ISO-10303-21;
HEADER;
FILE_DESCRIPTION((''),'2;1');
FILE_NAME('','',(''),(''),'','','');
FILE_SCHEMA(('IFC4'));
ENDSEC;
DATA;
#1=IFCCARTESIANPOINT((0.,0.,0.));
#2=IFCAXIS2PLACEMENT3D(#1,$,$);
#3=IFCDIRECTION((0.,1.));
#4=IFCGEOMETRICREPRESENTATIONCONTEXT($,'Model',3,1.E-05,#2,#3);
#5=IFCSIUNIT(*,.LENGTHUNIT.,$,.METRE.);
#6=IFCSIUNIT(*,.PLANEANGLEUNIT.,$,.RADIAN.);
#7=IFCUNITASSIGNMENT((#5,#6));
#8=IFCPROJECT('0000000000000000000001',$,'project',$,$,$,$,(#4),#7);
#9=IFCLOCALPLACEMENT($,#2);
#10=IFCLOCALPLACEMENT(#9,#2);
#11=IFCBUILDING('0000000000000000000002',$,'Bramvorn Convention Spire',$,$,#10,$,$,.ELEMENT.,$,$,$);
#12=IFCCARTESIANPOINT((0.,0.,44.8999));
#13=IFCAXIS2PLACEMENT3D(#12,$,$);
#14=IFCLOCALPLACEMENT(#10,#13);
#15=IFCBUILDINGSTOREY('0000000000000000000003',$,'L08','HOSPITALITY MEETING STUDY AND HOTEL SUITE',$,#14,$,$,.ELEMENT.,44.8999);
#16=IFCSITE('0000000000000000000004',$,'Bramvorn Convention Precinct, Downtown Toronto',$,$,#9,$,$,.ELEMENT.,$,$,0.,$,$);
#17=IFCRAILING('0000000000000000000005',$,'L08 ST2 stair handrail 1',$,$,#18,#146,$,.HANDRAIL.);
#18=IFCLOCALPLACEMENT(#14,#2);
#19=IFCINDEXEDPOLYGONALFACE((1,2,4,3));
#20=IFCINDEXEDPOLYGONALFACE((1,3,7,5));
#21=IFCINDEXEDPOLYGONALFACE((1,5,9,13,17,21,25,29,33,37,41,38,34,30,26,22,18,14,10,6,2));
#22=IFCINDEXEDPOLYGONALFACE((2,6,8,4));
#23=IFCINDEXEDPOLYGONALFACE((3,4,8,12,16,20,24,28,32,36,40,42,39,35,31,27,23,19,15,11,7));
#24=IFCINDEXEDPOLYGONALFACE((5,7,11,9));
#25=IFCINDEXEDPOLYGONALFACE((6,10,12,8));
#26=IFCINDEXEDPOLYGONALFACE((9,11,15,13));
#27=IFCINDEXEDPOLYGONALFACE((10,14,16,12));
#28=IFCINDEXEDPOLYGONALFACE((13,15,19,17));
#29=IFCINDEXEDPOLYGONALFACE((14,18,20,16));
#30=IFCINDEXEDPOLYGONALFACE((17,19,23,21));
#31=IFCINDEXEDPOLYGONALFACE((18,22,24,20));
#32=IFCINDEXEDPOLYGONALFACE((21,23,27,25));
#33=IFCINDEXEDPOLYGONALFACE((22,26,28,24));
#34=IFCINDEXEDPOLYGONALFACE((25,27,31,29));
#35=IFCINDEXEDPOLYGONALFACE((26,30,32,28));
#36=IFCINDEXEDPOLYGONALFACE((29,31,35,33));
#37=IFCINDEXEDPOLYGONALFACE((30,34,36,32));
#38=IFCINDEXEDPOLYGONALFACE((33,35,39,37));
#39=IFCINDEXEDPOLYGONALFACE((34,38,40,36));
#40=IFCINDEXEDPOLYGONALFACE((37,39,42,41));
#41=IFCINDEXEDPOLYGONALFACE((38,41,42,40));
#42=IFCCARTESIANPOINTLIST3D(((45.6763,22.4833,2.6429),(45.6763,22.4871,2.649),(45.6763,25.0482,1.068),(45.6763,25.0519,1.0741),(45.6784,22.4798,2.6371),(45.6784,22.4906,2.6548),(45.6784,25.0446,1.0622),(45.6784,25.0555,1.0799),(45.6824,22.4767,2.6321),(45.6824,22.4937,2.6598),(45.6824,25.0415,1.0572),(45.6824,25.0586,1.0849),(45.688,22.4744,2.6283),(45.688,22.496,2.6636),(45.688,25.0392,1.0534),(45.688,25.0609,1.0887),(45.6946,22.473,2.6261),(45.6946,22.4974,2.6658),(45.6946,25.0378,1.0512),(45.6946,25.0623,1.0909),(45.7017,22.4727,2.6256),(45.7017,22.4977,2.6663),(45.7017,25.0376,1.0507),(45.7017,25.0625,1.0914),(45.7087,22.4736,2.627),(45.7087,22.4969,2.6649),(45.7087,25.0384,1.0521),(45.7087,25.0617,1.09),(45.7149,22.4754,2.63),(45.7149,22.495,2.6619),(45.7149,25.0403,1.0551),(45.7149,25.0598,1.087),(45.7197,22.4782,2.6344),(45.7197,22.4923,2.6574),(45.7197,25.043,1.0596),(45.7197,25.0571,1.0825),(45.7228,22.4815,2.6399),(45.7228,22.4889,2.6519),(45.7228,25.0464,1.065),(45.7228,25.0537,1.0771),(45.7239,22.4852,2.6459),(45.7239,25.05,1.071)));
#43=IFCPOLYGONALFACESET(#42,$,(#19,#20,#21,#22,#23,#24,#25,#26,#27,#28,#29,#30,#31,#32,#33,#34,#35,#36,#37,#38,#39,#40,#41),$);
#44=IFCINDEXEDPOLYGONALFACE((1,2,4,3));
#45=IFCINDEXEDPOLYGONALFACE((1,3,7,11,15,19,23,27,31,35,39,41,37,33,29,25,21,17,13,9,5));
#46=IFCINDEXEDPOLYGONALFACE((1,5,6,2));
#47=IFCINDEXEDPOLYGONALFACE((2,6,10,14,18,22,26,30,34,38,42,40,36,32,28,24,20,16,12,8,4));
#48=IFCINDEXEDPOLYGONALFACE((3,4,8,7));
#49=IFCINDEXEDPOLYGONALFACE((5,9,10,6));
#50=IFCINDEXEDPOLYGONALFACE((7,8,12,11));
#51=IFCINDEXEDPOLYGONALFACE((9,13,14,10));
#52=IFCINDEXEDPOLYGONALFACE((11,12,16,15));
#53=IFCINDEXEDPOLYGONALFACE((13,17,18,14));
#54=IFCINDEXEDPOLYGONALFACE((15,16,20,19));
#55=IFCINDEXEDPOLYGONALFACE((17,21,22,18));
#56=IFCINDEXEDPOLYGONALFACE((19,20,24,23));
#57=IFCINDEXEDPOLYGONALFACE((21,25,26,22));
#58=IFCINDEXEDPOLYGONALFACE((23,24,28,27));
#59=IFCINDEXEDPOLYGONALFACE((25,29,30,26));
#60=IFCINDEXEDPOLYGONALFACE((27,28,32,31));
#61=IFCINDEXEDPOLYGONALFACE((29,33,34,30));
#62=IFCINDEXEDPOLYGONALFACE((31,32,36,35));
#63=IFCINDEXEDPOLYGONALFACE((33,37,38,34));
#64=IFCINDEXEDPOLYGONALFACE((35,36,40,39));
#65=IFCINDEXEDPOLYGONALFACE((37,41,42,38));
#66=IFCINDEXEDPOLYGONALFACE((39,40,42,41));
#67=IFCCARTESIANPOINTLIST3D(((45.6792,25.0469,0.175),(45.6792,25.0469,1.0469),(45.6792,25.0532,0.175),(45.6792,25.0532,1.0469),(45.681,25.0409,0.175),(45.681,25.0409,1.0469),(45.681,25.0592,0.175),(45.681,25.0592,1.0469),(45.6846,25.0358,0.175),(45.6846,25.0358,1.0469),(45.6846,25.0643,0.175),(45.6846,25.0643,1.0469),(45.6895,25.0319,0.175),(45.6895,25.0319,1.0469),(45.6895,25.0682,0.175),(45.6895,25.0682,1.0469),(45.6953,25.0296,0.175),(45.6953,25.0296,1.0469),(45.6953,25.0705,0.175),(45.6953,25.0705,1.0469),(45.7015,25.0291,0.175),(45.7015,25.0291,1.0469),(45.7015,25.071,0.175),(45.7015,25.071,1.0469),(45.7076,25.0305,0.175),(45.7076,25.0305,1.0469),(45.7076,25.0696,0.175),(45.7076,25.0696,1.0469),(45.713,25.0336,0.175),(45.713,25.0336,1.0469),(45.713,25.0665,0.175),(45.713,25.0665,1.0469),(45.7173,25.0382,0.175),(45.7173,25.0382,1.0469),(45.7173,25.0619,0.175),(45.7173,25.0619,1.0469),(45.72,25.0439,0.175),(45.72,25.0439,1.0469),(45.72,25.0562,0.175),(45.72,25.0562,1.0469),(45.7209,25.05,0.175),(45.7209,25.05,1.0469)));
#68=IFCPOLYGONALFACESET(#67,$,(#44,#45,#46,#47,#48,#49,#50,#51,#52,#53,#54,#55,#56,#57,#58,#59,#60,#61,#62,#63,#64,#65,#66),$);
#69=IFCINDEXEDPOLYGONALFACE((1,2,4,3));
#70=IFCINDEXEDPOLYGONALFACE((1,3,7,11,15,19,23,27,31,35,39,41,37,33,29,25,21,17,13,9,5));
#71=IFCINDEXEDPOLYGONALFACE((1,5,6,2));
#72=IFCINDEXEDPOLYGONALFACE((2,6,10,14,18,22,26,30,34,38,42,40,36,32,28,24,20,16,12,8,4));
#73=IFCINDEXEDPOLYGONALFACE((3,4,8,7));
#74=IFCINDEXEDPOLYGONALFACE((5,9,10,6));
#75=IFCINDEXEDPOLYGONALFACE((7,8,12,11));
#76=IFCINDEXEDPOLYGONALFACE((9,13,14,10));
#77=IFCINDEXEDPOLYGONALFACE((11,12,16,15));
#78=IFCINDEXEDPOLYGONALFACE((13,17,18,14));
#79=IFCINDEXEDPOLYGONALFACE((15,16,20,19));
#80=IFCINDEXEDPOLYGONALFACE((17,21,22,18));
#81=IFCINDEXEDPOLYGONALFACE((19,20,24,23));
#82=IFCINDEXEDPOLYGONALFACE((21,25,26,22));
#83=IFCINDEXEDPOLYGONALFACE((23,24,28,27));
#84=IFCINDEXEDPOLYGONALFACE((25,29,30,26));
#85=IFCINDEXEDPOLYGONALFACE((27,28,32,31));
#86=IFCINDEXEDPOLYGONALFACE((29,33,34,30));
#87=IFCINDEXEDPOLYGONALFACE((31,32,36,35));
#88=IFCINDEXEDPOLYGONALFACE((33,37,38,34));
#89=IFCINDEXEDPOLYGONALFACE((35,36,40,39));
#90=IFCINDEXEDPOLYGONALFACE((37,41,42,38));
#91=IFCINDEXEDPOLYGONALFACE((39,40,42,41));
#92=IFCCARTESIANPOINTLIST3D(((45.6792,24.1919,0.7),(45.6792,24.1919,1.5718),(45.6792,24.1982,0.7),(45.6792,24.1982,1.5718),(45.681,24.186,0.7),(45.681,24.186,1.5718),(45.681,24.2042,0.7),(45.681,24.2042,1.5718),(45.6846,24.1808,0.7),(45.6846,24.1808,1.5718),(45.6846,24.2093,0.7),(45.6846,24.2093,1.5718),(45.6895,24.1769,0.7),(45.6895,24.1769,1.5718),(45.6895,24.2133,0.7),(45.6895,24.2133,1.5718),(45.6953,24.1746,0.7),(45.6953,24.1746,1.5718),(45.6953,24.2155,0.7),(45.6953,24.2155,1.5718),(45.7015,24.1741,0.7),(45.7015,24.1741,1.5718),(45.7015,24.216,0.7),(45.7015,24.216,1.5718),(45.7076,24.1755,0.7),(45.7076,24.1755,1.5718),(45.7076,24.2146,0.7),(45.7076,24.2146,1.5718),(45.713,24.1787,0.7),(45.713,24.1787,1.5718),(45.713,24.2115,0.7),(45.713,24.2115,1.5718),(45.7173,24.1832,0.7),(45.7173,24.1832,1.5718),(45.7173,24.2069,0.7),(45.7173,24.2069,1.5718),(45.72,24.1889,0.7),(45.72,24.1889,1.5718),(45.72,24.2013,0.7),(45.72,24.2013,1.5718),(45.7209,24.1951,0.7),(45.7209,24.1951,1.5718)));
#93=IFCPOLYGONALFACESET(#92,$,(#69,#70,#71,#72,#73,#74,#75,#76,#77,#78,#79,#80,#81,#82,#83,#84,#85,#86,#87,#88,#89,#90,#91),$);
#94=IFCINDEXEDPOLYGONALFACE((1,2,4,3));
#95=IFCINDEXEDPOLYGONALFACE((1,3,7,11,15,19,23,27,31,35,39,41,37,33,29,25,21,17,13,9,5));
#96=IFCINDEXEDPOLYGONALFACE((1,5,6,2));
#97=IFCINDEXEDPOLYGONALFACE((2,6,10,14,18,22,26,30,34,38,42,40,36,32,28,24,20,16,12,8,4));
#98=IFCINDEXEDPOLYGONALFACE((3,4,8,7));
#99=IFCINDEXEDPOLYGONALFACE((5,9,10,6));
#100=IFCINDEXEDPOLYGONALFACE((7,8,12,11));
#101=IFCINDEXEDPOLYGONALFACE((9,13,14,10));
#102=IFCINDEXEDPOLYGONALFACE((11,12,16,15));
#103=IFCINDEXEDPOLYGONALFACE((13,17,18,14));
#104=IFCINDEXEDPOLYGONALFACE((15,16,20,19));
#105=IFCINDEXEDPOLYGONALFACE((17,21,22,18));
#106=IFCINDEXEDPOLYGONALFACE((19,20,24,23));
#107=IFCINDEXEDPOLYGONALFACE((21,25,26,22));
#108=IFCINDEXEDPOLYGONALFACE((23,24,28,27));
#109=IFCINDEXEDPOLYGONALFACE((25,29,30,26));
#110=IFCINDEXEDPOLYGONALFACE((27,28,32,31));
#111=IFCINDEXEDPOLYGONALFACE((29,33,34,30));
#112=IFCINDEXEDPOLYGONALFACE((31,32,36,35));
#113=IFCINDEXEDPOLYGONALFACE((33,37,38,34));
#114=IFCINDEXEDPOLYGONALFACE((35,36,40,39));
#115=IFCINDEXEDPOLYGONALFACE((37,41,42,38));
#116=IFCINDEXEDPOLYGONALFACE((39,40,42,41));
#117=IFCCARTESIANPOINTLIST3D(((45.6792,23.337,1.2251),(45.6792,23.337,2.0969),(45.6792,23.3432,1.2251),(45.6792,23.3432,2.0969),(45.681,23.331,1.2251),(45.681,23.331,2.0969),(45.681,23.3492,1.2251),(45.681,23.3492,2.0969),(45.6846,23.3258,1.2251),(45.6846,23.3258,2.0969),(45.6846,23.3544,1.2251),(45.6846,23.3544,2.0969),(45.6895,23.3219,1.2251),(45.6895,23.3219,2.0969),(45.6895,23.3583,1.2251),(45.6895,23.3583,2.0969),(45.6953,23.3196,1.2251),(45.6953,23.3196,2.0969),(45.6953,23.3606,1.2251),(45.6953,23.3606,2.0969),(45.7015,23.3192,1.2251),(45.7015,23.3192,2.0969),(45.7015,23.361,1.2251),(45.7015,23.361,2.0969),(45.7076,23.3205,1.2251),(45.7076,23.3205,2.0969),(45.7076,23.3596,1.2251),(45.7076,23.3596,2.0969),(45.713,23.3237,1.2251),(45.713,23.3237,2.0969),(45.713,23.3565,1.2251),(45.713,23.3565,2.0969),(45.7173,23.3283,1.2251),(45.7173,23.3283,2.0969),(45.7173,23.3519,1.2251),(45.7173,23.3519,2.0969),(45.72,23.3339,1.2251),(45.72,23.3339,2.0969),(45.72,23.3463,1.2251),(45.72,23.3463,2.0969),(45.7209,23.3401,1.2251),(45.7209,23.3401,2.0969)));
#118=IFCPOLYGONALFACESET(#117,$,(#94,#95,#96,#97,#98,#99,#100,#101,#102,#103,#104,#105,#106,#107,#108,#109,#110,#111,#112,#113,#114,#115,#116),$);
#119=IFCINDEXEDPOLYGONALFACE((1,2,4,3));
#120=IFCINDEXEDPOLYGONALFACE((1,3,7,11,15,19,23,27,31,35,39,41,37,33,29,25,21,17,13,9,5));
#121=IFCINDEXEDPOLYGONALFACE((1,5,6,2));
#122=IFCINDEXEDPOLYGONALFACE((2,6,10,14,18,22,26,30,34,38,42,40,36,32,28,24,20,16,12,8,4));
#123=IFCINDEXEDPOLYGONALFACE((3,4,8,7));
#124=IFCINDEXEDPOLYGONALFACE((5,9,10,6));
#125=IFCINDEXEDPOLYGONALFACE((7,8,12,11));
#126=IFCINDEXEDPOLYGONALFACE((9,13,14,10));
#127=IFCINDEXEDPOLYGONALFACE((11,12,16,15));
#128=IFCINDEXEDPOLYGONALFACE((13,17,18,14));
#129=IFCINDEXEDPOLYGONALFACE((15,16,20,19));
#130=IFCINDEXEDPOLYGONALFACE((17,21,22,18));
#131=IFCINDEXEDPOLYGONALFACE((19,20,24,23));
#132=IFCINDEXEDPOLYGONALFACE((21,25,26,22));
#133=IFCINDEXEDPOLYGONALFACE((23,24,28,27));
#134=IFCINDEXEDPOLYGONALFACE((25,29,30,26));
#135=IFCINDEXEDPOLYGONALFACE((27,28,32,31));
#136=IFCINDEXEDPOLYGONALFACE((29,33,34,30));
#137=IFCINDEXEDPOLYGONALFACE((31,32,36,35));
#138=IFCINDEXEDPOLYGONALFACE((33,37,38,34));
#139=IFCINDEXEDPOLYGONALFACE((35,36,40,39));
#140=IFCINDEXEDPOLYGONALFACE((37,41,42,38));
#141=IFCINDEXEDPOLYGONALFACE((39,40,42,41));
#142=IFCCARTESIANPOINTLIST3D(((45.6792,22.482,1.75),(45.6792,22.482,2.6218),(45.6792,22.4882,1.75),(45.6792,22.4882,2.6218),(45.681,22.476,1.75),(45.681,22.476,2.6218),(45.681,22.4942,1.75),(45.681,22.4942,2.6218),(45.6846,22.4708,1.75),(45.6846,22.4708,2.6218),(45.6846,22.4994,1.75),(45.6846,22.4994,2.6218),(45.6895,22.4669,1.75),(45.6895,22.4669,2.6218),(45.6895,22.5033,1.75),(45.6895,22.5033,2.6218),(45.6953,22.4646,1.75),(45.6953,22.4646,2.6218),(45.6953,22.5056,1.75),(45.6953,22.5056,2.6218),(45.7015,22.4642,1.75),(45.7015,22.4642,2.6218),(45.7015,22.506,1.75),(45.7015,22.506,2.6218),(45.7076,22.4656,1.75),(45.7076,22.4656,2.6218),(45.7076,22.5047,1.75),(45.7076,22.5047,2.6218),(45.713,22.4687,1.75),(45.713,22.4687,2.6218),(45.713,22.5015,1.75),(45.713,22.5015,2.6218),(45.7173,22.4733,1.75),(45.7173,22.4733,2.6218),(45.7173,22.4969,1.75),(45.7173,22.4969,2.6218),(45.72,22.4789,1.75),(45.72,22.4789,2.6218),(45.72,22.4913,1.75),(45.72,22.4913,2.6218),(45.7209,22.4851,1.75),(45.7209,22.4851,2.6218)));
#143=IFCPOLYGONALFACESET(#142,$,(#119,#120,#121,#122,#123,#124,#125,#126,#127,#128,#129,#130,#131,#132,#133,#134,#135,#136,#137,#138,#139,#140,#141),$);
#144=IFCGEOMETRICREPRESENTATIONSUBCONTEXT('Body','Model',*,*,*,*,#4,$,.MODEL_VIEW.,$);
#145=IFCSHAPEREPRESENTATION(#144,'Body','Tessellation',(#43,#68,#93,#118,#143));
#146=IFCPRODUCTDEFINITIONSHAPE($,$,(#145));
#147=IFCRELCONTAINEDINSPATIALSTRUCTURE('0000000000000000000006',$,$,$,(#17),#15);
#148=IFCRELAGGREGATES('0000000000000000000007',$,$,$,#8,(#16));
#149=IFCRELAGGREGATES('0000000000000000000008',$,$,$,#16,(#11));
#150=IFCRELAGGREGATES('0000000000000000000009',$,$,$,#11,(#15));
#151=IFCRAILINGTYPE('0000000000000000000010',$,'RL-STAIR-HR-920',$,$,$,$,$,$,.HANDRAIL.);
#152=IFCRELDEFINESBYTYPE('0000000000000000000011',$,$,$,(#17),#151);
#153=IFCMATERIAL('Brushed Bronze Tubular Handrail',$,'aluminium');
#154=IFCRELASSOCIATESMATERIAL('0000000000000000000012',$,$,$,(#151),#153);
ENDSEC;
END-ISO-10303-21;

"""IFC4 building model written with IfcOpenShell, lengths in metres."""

from ifc_helpers import new_model, si_unit, direction, frame, origin, origin_2d, place, context, subcontext, project, spatial, circle, extrude, material, type_object, element, save


model = new_model("IFC4")

# Units and contexts
model_context = context("Model", 3, precision=1e-05, world=origin(), true_north=direction((0.0, 1.0)))
body_context = subcontext(model_context, "Body", "Model", "MODEL_VIEW")
ifc_project = project(units=[si_unit("LENGTHUNIT", "METRE"), si_unit("PLANEANGLEUNIT", "RADIAN")], contexts=[model_context])

# Site, building, storey
site_placement = place(None, origin())
site = spatial("IfcSite", under=ifc_project, at=site_placement, Name="Bramvorn Convention Precinct, Downtown Toronto", CompositionType="ELEMENT", RefElevation=0.0)
building_placement = place(site_placement, origin())
building = spatial("IfcBuilding", under=site, at=building_placement, Name="Bramvorn Convention Spire", CompositionType="ELEMENT")
storey_placement = place(building_placement, frame((0.0, 0.0, 44.8999)))
storey = spatial("IfcBuildingStorey", under=building, at=storey_placement, Name="L08", Description="HOSPITALITY MEETING STUDY AND HOTEL SUITE", CompositionType="ELEMENT", Elevation=44.8999)

# Railing
ifc_material_1 = material(Name="Brushed Bronze Tubular Handrail", Category="aluminium")
railing_type_1 = type_object("IfcRailingType", Name="RL-STAIR-HR-920", PredefinedType="HANDRAIL", material=ifc_material_1)
railing_1_placement = place(storey_placement, frame((45.7, 25.05, 0.175)))
element("IfcRailing", 1, at=railing_1_placement, inside=storey, type_object=railing_type_1, Name="L08 ST2 stair handrail 1", PredefinedType="HANDRAIL", context=body_context, shape_type="SweptSolid", body=[
    extrude(circle(Radius=0.0239, at=origin_2d()), frame((0.0, 0.0, 0.896), z_axis=(0.0, -0.852173, 0.52326), x_axis=(1.0, 0.0, 0.0)), (0.0, 0.0, 1.0), 3.0098),
    extrude(circle(Radius=0.021, at=origin_2d()), origin(), (0.0, 0.0, 1.0), 0.8718),
    extrude(circle(Radius=0.021, at=origin_2d()), frame((0.0, -0.855, 0.5249)), (0.0, 0.0, 1.0), 0.8718),
    extrude(circle(Radius=0.021, at=origin_2d()), frame((0.0, -1.71, 1.05)), (0.0, 0.0, 1.0), 0.8718),
    extrude(circle(Radius=0.021, at=origin_2d()), frame((0.0, -2.5649, 1.575)), (0.0, 0.0, 1.0), 0.8718),
])

save(model, "model.ifc")
